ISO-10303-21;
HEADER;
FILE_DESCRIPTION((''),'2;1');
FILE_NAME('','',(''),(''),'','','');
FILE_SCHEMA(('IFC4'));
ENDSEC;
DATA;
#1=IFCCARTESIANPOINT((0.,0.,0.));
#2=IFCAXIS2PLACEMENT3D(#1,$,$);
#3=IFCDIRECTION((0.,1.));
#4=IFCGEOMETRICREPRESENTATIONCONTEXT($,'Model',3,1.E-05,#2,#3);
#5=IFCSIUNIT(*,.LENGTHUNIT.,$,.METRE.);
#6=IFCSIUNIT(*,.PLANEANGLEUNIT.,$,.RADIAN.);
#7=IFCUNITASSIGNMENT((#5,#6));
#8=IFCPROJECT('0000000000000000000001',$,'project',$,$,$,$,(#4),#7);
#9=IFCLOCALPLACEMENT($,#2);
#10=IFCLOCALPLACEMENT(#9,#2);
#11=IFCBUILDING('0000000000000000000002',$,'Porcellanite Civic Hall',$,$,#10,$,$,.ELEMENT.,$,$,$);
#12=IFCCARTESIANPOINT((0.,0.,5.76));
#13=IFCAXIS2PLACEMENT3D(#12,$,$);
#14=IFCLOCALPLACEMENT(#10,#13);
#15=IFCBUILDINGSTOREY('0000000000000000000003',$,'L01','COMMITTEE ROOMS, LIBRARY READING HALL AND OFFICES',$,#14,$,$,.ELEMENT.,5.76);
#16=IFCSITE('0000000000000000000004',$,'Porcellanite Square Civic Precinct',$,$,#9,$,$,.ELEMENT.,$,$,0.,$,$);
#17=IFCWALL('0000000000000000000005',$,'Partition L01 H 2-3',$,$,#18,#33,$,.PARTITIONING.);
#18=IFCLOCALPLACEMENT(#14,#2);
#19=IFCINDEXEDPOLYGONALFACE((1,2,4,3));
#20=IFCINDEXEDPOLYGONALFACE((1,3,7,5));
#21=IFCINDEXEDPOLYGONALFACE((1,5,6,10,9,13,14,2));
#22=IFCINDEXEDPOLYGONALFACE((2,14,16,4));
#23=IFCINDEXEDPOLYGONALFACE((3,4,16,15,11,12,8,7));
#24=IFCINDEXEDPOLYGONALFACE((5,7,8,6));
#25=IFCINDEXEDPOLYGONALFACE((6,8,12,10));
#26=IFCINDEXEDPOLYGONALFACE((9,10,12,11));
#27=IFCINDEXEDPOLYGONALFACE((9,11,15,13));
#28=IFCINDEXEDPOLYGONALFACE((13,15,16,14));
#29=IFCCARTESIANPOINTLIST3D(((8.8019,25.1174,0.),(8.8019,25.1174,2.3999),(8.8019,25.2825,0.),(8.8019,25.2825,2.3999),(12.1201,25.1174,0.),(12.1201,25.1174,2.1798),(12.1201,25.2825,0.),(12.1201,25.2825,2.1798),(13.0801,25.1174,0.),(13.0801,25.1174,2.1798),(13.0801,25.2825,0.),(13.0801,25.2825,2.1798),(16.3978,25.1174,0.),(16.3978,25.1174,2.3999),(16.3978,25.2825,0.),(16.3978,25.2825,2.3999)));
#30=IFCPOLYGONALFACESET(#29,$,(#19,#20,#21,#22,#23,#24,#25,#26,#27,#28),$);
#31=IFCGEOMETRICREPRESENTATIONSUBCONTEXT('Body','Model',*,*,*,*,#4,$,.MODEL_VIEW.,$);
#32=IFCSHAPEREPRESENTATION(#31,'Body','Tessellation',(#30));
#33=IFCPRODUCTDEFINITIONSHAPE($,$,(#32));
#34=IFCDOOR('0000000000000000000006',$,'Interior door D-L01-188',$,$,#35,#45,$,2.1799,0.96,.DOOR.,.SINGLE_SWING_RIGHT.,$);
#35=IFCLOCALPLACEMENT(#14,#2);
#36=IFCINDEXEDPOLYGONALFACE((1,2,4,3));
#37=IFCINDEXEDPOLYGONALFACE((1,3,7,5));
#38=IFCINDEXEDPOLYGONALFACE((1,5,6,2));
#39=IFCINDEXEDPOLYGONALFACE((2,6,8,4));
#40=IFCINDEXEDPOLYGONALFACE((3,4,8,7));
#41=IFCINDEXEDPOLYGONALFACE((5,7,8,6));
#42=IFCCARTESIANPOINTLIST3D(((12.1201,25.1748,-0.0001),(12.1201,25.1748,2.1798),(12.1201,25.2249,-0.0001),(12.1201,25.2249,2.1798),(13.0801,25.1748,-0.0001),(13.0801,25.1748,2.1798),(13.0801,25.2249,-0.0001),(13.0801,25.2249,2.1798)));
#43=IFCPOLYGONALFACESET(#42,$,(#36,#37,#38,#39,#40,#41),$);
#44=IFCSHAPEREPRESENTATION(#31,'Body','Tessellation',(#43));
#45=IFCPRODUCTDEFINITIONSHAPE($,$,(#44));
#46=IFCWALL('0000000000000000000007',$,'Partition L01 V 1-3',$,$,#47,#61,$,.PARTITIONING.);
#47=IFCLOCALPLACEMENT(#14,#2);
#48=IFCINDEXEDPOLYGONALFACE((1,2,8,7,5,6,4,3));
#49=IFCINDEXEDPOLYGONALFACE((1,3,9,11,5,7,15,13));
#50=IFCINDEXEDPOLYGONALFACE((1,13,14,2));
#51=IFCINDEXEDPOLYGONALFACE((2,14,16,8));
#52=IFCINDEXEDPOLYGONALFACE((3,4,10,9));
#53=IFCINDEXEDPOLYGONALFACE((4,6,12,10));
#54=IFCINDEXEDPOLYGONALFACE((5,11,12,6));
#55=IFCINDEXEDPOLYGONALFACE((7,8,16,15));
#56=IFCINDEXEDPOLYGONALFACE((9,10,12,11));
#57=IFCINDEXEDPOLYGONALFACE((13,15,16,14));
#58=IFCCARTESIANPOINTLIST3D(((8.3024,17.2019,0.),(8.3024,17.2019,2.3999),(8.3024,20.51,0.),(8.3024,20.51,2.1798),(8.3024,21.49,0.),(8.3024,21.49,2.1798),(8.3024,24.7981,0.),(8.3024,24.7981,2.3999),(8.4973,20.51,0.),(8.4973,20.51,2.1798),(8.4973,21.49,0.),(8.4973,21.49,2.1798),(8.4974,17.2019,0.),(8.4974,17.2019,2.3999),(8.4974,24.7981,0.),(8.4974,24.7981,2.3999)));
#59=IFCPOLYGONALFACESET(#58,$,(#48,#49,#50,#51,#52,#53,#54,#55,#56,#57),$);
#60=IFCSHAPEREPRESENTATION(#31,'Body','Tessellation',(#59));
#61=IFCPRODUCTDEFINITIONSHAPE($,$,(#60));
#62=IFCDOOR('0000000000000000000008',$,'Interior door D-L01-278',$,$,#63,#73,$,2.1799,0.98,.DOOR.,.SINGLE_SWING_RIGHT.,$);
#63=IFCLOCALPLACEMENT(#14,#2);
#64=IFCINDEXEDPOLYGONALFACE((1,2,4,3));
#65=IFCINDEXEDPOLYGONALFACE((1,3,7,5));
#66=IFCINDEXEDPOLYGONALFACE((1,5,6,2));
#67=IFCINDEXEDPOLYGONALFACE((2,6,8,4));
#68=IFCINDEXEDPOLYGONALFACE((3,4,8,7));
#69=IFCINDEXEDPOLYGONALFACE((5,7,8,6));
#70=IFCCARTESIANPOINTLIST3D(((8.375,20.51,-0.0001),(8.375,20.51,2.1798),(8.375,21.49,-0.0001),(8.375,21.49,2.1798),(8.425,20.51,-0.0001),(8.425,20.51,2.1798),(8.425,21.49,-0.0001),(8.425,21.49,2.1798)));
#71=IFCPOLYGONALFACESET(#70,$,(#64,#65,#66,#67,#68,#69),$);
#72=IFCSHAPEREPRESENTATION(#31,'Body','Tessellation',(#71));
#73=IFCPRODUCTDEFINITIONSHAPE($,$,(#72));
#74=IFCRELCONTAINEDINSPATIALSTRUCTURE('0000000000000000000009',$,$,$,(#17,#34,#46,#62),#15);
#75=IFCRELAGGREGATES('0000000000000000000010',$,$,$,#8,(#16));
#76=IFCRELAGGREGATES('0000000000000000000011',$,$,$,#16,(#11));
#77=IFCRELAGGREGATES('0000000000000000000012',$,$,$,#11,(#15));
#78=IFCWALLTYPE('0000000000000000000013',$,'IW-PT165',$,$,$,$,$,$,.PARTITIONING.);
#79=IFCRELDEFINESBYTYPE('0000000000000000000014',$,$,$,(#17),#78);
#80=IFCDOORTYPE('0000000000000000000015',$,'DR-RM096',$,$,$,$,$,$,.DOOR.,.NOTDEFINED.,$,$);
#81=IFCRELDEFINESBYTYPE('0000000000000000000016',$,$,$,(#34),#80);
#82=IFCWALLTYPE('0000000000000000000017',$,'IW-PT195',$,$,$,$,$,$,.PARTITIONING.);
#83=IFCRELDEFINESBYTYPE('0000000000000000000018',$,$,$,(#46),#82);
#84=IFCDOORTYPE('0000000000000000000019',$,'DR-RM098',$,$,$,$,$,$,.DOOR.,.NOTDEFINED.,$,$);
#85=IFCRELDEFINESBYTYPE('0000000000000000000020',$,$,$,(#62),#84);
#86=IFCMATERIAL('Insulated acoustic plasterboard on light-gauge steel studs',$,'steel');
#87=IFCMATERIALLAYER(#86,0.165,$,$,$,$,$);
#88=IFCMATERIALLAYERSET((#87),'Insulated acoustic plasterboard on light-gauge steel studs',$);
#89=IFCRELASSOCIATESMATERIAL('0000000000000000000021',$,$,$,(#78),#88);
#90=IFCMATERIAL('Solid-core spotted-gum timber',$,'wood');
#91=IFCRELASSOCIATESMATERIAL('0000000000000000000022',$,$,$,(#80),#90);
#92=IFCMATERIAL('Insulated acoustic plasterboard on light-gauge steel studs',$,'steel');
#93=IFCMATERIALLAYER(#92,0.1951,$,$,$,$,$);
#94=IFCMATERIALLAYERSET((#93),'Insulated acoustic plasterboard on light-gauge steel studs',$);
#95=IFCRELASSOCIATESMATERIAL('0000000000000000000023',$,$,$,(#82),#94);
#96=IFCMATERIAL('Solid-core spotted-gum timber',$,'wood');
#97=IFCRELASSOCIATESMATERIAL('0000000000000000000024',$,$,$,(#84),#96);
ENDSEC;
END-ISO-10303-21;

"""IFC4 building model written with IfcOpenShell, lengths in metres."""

from ifc_helpers import new_model, si_unit, direction, frame, frame_2d, origin, place, context, subcontext, project, spatial, rectangle, extrude, material, layer, layer_set, type_object, element, fill, save


model = new_model("IFC4")

# Units and contexts
model_context = context("Model", 3, precision=1e-05, world=origin(), true_north=direction((0.0, 1.0)))
body_context = subcontext(model_context, "Body", "Model", "MODEL_VIEW")
ifc_project = project(units=[si_unit("LENGTHUNIT", "METRE"), si_unit("PLANEANGLEUNIT", "RADIAN")], contexts=[model_context])

# Site, building, storey
site_placement = place(None, origin())
site = spatial("IfcSite", under=ifc_project, at=site_placement, Name="Porcellanite Square Civic Precinct", CompositionType="ELEMENT", RefElevation=0.0)
building_placement = place(site_placement, origin())
building = spatial("IfcBuilding", under=site, at=building_placement, Name="Porcellanite Civic Hall", CompositionType="ELEMENT")
storey_placement = place(building_placement, frame((0.0, 0.0, 5.76)))
storey = spatial("IfcBuildingStorey", under=building, at=storey_placement, Name="L01", Description="COMMITTEE ROOMS, LIBRARY READING HALL AND OFFICES", CompositionType="ELEMENT", Elevation=5.76)

# Walls, openings, doors
ifc_material_1 = material(Name="Insulated acoustic plasterboard on light-gauge steel studs", Category="steel")
ifc_layer_1 = layer(ifc_material_1, 0.165)
ifc_layer_set_1 = layer_set([ifc_layer_1], Name="Insulated acoustic plasterboard on light-gauge steel studs")
wall_type_1 = type_object("IfcWallType", Name="IW-PT165", PredefinedType="PARTITIONING", material=ifc_layer_set_1)
wall_1_placement = place(storey_placement, frame((8.802, 25.2, 0.0), z_axis=(0.0, 0.0, 1.0), x_axis=(1.0, 0.0, 0.0)))
wall_1 = element("IfcWall", 1, at=wall_1_placement, inside=storey, type_object=wall_type_1, Name="Partition L01 H 2-3", PredefinedType="PARTITIONING", context=body_context, shape_type="SweptSolid", body=[
    extrude(rectangle(XDim=7.5959, YDim=0.165, at=frame_2d((3.7979, 0.0))), origin(), (0.0, 0.0, 1.0), 2.3999),
])
opening_1_placement = place(wall_1_placement, frame((3.3181, 0.0, 0.0)))
opening_1 = element("IfcOpeningElement", 2, at=opening_1_placement, cuts=wall_1, PredefinedType="OPENING", context=body_context, shape_type="SweptSolid", body=[
    extrude(rectangle(XDim=0.96, YDim=2.1799, at=frame_2d((0.48, 1.0898))), frame((0.0, 0.0825, 0.0), z_axis=(0.0, -1.0, 0.0), x_axis=(1.0, 0.0, 0.0)), (0.0, 0.0, 1.0), 0.165),
])
ifc_material_2 = material(Name="Solid-core spotted-gum timber", Category="wood")
door_type_1 = type_object("IfcDoorType", Name="DR-RM096", OperationType="NOTDEFINED", PredefinedType="DOOR", material=ifc_material_2)
door_1_placement = place(opening_1_placement, origin())
door_1 = element("IfcDoor", 3, at=door_1_placement, inside=storey, type_object=door_type_1, Name="Interior door D-L01-188", OperationType="SINGLE_SWING_RIGHT", OverallHeight=2.1799, OverallWidth=0.96, PredefinedType="DOOR", context=body_context, shape_type="SweptSolid", body=[
    extrude(rectangle(XDim=0.96, YDim=2.1799, at=frame_2d((0.48, 1.0898))), frame((0.0, 0.0249, 0.0), z_axis=(0.0, -1.0, 0.0), x_axis=(1.0, 0.0, 0.0)), (0.0, 0.0, 1.0), 0.05),
])
fill(opening_1, door_1)
ifc_material_3 = material(Name="Insulated acoustic plasterboard on light-gauge steel studs", Category="steel")
ifc_layer_2 = layer(ifc_material_3, 0.1951)
ifc_layer_set_2 = layer_set([ifc_layer_2], Name="Insulated acoustic plasterboard on light-gauge steel studs")
wall_type_2 = type_object("IfcWallType", Name="IW-PT195", PredefinedType="PARTITIONING", material=ifc_layer_set_2)
wall_2_placement = place(storey_placement, frame((8.3999, 17.2019, 0.0), z_axis=(0.0, 0.0, 1.0), x_axis=(0.0, 1.0, 0.0)))
wall_2 = element("IfcWall", 4, at=wall_2_placement, inside=storey, type_object=wall_type_2, Name="Partition L01 V 1-3", PredefinedType="PARTITIONING", context=body_context, shape_type="SweptSolid", body=[
    extrude(rectangle(XDim=7.5962, YDim=0.1951, at=frame_2d((3.7981, 0.0))), origin(), (0.0, 0.0, 1.0), 2.3999),
])
opening_2_placement = place(wall_2_placement, frame((3.3081, 0.0, 0.0)))
opening_2 = element("IfcOpeningElement", 5, at=opening_2_placement, cuts=wall_2, PredefinedType="OPENING", context=body_context, shape_type="SweptSolid", body=[
    extrude(rectangle(XDim=0.98, YDim=2.1799, at=frame_2d((0.49, 1.0898))), frame((0.0, 0.0977, 0.0), z_axis=(0.0, -1.0, 0.0), x_axis=(1.0, 0.0, 0.0)), (0.0, 0.0, 1.0), 0.1951),
])
ifc_material_4 = material(Name="Solid-core spotted-gum timber", Category="wood")
door_type_2 = type_object("IfcDoorType", Name="DR-RM098", OperationType="NOTDEFINED", PredefinedType="DOOR", material=ifc_material_4)
door_2_placement = place(opening_2_placement, origin())
door_2 = element("IfcDoor", 6, at=door_2_placement, inside=storey, type_object=door_type_2, Name="Interior door D-L01-278", OperationType="SINGLE_SWING_RIGHT", OverallHeight=2.1799, OverallWidth=0.98, PredefinedType="DOOR", context=body_context, shape_type="SweptSolid", body=[
    extrude(rectangle(XDim=0.98, YDim=2.1799, at=frame_2d((0.49, 1.0898))), frame((0.0, 0.0249, 0.0), z_axis=(0.0, -1.0, 0.0), x_axis=(1.0, 0.0, 0.0)), (0.0, 0.0, 1.0), 0.05),
])
fill(opening_2, door_2)

save(model, "model.ifc")
